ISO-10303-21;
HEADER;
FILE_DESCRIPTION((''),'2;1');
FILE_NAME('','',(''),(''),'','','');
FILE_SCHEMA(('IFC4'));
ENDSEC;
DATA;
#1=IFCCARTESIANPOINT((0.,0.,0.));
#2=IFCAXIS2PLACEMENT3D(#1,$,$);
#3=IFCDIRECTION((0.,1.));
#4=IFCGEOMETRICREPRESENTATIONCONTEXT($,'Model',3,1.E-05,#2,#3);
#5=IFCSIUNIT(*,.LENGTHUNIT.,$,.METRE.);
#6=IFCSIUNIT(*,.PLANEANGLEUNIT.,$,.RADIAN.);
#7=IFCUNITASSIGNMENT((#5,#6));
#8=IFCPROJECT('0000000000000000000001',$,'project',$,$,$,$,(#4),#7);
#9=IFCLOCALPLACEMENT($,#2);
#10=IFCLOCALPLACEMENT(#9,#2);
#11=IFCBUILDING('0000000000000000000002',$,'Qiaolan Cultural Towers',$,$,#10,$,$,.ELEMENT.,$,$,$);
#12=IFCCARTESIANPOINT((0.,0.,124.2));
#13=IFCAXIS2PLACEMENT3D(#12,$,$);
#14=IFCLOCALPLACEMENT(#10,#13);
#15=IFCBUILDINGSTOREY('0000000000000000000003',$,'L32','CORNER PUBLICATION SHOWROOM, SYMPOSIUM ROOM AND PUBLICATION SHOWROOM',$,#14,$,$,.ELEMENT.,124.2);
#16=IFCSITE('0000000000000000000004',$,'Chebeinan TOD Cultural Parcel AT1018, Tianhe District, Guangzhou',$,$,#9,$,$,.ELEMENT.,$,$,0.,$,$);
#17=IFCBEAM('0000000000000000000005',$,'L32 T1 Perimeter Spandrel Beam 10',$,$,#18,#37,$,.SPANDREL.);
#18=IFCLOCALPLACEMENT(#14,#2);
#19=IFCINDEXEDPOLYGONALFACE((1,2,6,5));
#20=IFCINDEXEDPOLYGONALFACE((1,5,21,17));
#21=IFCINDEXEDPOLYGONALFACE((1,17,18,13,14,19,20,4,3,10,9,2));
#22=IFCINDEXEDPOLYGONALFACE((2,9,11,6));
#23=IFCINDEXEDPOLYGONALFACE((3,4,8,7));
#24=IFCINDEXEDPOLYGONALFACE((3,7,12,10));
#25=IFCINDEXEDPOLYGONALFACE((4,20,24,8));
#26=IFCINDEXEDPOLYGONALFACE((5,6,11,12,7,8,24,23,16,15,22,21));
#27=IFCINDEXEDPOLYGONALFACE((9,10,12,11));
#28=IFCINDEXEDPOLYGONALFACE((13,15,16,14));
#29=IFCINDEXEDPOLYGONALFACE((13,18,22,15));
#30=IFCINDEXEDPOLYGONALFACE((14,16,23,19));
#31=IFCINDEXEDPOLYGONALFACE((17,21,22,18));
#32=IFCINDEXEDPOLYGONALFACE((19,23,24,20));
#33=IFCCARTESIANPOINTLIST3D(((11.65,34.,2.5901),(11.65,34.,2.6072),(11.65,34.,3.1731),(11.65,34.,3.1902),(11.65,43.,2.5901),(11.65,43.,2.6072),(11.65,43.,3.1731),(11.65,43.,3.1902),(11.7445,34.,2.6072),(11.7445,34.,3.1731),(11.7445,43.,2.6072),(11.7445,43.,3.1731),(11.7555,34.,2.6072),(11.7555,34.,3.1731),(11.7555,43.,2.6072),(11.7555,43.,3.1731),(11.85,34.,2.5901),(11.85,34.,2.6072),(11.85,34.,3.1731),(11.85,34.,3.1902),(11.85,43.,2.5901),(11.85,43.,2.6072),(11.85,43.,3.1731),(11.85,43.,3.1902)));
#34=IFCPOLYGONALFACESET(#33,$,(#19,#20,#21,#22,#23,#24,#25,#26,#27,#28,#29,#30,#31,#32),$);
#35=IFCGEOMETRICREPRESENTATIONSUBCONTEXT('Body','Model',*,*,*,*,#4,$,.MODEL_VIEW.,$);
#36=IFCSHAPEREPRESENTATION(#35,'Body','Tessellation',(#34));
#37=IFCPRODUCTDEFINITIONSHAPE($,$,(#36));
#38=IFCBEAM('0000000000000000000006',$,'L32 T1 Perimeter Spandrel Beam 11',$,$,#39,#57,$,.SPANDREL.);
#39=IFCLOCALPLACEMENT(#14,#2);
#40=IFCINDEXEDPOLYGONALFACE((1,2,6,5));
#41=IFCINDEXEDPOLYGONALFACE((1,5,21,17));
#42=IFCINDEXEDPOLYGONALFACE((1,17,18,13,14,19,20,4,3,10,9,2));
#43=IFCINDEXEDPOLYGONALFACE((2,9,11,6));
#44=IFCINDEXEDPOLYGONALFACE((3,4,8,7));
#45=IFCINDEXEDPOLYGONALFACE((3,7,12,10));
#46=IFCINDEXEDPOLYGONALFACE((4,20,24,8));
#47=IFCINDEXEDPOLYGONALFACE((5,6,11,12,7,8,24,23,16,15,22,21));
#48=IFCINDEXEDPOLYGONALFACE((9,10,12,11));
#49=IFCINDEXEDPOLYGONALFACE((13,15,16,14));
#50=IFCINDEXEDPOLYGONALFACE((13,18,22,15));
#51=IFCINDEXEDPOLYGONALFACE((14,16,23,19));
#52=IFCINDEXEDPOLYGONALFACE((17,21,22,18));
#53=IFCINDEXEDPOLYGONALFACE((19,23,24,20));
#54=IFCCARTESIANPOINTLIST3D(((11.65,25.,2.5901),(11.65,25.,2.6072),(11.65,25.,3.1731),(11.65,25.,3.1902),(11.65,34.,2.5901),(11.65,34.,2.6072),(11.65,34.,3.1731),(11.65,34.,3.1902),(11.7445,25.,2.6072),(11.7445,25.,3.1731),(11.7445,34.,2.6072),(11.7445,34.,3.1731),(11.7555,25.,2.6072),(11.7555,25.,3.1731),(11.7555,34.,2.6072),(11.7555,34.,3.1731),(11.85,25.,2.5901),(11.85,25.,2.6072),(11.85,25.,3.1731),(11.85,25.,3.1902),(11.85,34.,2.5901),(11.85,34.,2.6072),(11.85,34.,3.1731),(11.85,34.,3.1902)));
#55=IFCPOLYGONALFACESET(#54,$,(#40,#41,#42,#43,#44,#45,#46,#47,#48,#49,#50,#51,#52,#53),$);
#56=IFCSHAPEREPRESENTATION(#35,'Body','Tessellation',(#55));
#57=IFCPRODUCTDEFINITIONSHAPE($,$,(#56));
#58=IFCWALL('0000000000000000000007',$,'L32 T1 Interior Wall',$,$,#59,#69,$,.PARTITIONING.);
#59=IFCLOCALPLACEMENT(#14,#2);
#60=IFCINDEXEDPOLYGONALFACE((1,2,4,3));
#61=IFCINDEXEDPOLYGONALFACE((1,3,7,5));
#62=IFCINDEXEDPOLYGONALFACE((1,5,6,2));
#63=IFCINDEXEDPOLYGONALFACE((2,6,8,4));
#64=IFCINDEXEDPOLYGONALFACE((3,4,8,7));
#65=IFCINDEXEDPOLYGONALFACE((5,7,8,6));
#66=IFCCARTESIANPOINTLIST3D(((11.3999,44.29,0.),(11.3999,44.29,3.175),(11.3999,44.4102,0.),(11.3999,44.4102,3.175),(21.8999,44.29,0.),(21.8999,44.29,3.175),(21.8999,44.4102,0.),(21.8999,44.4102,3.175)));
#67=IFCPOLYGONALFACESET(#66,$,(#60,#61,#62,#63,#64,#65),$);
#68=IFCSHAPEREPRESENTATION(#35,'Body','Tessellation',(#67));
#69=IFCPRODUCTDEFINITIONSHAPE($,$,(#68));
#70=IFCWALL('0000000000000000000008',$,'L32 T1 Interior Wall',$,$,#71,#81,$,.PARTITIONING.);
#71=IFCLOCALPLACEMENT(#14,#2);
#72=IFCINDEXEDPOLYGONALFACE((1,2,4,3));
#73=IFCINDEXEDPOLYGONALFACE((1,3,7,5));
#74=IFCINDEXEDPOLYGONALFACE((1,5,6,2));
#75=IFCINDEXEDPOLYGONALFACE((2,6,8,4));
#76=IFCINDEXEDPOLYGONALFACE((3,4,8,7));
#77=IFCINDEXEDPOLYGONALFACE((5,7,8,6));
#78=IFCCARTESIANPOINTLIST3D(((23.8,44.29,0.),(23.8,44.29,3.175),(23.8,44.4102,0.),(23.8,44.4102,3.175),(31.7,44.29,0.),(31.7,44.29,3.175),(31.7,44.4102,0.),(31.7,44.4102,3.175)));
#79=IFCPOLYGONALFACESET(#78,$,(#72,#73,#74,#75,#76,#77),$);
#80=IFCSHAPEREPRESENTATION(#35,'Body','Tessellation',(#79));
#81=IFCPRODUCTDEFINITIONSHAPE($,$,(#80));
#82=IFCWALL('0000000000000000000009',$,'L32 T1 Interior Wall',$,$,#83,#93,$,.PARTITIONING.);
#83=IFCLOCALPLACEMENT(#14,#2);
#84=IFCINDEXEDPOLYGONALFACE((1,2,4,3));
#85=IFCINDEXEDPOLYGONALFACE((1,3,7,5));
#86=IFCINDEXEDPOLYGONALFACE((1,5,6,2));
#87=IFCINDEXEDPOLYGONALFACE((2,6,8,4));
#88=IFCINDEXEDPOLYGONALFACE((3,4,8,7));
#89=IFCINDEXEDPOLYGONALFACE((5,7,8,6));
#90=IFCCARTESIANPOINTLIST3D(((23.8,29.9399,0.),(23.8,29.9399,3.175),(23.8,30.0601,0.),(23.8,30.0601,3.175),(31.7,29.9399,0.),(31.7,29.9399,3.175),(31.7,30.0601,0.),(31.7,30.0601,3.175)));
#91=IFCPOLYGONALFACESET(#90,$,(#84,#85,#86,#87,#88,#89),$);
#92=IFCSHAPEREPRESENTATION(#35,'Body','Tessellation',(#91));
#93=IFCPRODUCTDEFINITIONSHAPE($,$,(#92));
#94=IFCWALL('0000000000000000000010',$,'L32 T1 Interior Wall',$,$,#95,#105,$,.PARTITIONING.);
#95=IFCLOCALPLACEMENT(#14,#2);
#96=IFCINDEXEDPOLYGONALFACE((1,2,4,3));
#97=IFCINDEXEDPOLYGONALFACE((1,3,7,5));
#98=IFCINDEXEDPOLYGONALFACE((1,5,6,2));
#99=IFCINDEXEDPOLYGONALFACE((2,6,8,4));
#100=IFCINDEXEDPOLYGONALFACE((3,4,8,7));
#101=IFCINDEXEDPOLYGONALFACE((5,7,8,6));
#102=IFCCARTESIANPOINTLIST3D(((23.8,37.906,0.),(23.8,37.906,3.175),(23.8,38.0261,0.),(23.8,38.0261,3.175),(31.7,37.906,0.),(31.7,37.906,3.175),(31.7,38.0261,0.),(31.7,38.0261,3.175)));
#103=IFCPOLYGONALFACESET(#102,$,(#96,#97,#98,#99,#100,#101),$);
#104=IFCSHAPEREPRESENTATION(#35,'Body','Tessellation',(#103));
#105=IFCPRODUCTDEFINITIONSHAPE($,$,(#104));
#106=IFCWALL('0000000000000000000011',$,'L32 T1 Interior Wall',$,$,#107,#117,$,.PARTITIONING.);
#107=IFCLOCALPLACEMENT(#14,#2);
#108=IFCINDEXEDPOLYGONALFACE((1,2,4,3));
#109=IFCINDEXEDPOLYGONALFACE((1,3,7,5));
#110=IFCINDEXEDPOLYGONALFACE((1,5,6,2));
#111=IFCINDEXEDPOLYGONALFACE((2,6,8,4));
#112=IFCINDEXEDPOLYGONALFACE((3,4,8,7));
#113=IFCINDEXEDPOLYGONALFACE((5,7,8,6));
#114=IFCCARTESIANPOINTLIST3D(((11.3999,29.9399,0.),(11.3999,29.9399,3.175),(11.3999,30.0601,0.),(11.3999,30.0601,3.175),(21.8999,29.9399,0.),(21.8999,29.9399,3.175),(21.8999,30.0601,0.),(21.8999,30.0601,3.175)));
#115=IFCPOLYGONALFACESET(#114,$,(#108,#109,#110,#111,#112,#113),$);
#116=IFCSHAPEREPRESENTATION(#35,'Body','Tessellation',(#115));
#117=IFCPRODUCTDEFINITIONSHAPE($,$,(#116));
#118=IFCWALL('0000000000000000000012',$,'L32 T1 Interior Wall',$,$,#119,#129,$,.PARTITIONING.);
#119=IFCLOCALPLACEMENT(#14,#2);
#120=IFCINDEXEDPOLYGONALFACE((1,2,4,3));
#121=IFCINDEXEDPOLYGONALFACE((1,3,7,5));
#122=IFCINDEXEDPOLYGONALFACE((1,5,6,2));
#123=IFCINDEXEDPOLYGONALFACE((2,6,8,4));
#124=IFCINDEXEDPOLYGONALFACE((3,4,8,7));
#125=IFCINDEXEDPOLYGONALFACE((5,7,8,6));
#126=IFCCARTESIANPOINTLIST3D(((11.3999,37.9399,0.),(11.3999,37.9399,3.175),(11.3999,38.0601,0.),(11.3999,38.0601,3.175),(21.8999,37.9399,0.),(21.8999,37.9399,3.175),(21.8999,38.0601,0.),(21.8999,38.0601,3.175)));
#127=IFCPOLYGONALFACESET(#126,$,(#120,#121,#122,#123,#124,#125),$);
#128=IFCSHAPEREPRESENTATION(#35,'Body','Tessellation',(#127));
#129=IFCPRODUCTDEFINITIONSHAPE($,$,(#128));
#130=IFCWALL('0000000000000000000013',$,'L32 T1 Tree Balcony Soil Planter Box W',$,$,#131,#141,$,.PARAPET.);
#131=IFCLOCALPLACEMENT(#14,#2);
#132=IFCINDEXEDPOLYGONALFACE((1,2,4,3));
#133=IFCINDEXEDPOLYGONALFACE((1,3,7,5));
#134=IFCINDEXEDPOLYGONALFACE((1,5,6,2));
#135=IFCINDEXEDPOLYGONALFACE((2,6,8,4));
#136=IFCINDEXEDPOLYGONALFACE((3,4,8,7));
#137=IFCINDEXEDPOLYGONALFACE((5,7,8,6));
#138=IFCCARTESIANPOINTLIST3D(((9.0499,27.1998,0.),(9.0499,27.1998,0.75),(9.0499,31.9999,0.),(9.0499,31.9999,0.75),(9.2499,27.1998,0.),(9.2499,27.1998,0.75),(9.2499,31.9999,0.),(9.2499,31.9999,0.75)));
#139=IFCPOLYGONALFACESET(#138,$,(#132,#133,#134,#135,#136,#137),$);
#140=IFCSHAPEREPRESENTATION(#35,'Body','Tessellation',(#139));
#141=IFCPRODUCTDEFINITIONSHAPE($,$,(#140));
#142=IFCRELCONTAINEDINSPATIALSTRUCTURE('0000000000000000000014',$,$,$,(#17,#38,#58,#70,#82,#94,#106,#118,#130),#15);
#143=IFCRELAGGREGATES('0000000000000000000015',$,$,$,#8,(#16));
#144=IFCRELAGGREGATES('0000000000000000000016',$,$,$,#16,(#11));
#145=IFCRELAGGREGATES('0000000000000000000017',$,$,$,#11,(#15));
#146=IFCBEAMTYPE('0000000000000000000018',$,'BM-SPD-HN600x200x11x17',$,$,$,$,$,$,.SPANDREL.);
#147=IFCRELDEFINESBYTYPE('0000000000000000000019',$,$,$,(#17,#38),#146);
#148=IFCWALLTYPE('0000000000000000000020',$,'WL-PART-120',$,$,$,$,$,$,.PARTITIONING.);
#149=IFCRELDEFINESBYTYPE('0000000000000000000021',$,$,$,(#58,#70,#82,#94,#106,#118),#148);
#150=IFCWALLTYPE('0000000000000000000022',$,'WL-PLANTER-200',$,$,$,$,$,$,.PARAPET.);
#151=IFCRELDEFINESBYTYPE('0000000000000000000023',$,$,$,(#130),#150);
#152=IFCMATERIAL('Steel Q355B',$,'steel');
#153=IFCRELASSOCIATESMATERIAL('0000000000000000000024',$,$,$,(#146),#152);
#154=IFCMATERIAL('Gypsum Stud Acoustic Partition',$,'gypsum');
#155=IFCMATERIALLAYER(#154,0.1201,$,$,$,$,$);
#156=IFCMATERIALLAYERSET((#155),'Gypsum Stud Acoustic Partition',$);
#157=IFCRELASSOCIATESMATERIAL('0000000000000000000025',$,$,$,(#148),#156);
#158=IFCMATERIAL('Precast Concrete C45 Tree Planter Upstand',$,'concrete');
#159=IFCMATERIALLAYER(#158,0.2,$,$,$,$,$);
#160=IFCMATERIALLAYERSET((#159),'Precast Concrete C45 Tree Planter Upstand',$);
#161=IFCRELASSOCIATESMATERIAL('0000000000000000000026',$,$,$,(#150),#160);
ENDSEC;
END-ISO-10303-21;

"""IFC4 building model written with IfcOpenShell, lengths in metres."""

from ifc_helpers import new_model, si_unit, direction, frame, frame_2d, origin, origin_2d, place, context, subcontext, project, spatial, rectangle, i_section, extrude, material, layer, layer_set, material_profile, profile_set, type_object, element, save


model = new_model("IFC4")

# Units and contexts
model_context = context("Model", 3, precision=1e-05, world=origin(), true_north=direction((0.0, 1.0)))
body_context = subcontext(model_context, "Body", "Model", "MODEL_VIEW")
ifc_project = project(units=[si_unit("LENGTHUNIT", "METRE"), si_unit("PLANEANGLEUNIT", "RADIAN")], contexts=[model_context])

# Site, building, storey
site_placement = place(None, origin())
site = spatial("IfcSite", under=ifc_project, at=site_placement, Name="Chebeinan TOD Cultural Parcel AT1018, Tianhe District, Guangzhou", CompositionType="ELEMENT", RefElevation=0.0)
building_placement = place(site_placement, origin())
building = spatial("IfcBuilding", under=site, at=building_placement, Name="Qiaolan Cultural Towers", CompositionType="ELEMENT")
storey_placement = place(building_placement, frame((0.0, 0.0, 124.2)))
storey = spatial("IfcBuildingStorey", under=building, at=storey_placement, Name="L32", Description="CORNER PUBLICATION SHOWROOM, SYMPOSIUM ROOM AND PUBLICATION SHOWROOM", CompositionType="ELEMENT", Elevation=124.2)

# Beams
ifc_material_1 = material(Name="Steel Q355B", Category="steel")
ifc_material_profile_1 = material_profile(ifc_material_1, i_section(OverallWidth=0.2, OverallDepth=0.6001, WebThickness=0.011, FlangeThickness=0.0171, at=origin_2d()), Name="HN600x200x11x17")
ifc_profile_set_1 = profile_set([ifc_material_profile_1], Name="Steel Q355B")
beam_type_1 = type_object("IfcBeamType", Name="BM-SPD-HN600x200x11x17", PredefinedType="SPANDREL", material=ifc_profile_set_1)
for number, where, z_axis, x_axis, name in (
    (1, (11.75, 43.0, 2.8901), (0.0, -1.0, 0.0), (1.0, 0.0, 0.0), "L32 T1 Perimeter Spandrel Beam 10"),
    (2, (11.75, 34.0, 2.8901), (0.0, -1.0, 0.0), (1.0, 0.0, 0.0), "L32 T1 Perimeter Spandrel Beam 11"),
):
    element("IfcBeam", number, at=place(storey_placement, frame(where, z_axis=z_axis, x_axis=x_axis)), inside=storey, type_object=beam_type_1, Name=name, PredefinedType="SPANDREL", context=body_context, shape_type="SweptSolid", body=[
        extrude(i_section(OverallWidth=0.2, OverallDepth=0.6001, WebThickness=0.011, FlangeThickness=0.0171, at=origin_2d()), origin(), (0.0, 0.0, 1.0), 9.0),
    ])

# Walls
ifc_material_2 = material(Name="Gypsum Stud Acoustic Partition", Category="gypsum")
ifc_layer_1 = layer(ifc_material_2, 0.1201)
ifc_layer_set_1 = layer_set([ifc_layer_1], Name="Gypsum Stud Acoustic Partition")
wall_type_1 = type_object("IfcWallType", Name="WL-PART-120", PredefinedType="PARTITIONING", material=ifc_layer_set_1)
wall_1_placement = place(storey_placement, frame((11.3999, 44.3501, 0.0), z_axis=(0.0, 0.0, 1.0), x_axis=(1.0, 0.0, 0.0)))
element("IfcWall", 3, at=wall_1_placement, inside=storey, type_object=wall_type_1, Name="L32 T1 Interior Wall", PredefinedType="PARTITIONING", context=body_context, shape_type="SweptSolid", body=[
    extrude(rectangle(XDim=10.5, YDim=0.1201, at=frame_2d((5.25, 0.0))), origin(), (0.0, 0.0, 1.0), 3.175),
])
for number, where, z_axis, x_axis, name in (
    (4, (23.8, 44.3501, 0.0), (0.0, 0.0, 1.0), (1.0, 0.0, 0.0), "L32 T1 Interior Wall"),
    (5, (23.8, 30.0, 0.0), (0.0, 0.0, 1.0), (1.0, 0.0, 0.0), "L32 T1 Interior Wall"),
    (6, (23.8, 37.9661, 0.0), (0.0, 0.0, 1.0), (1.0, 0.0, 0.0), "L32 T1 Interior Wall"),
):
    element("IfcWall", number, at=place(storey_placement, frame(where, z_axis=z_axis, x_axis=x_axis)), inside=storey, type_object=wall_type_1, Name=name, PredefinedType="PARTITIONING", context=body_context, shape_type="SweptSolid", body=[
        extrude(rectangle(XDim=7.8999, YDim=0.1201, at=frame_2d((3.95, 0.0))), origin(), (0.0, 0.0, 1.0), 3.175),
    ])
for number, where, z_axis, x_axis, name in (
    (7, (11.3999, 30.0, 0.0), (0.0, 0.0, 1.0), (1.0, 0.0, 0.0), "L32 T1 Interior Wall"),
    (8, (11.3999, 38.0, 0.0), (0.0, 0.0, 1.0), (1.0, 0.0, 0.0), "L32 T1 Interior Wall"),
):
    element("IfcWall", number, at=place(storey_placement, frame(where, z_axis=z_axis, x_axis=x_axis)), inside=storey, type_object=wall_type_1, Name=name, PredefinedType="PARTITIONING", context=body_context, shape_type="SweptSolid", body=[
        extrude(rectangle(XDim=10.5, YDim=0.1201, at=frame_2d((5.25, 0.0))), origin(), (0.0, 0.0, 1.0), 3.175),
    ])
ifc_material_3 = material(Name="Precast Concrete C45 Tree Planter Upstand", Category="concrete")
ifc_layer_2 = layer(ifc_material_3, 0.2)
ifc_layer_set_2 = layer_set([ifc_layer_2], Name="Precast Concrete C45 Tree Planter Upstand")
wall_type_2 = type_object("IfcWallType", Name="WL-PLANTER-200", PredefinedType="PARAPET", material=ifc_layer_set_2)
wall_2_placement = place(storey_placement, frame((9.1499, 27.2, 0.0), z_axis=(0.0, 0.0, 1.0), x_axis=(0.0, 1.0, 0.0)))
element("IfcWall", 9, at=wall_2_placement, inside=storey, type_object=wall_type_2, Name="L32 T1 Tree Balcony Soil Planter Box W", PredefinedType="PARAPET", context=body_context, shape_type="SweptSolid", body=[
    extrude(rectangle(XDim=4.8, YDim=0.2, at=frame_2d((2.3999, 0.0))), origin(), (0.0, 0.0, 1.0), 0.75),
])

save(model, "model.ifc")
